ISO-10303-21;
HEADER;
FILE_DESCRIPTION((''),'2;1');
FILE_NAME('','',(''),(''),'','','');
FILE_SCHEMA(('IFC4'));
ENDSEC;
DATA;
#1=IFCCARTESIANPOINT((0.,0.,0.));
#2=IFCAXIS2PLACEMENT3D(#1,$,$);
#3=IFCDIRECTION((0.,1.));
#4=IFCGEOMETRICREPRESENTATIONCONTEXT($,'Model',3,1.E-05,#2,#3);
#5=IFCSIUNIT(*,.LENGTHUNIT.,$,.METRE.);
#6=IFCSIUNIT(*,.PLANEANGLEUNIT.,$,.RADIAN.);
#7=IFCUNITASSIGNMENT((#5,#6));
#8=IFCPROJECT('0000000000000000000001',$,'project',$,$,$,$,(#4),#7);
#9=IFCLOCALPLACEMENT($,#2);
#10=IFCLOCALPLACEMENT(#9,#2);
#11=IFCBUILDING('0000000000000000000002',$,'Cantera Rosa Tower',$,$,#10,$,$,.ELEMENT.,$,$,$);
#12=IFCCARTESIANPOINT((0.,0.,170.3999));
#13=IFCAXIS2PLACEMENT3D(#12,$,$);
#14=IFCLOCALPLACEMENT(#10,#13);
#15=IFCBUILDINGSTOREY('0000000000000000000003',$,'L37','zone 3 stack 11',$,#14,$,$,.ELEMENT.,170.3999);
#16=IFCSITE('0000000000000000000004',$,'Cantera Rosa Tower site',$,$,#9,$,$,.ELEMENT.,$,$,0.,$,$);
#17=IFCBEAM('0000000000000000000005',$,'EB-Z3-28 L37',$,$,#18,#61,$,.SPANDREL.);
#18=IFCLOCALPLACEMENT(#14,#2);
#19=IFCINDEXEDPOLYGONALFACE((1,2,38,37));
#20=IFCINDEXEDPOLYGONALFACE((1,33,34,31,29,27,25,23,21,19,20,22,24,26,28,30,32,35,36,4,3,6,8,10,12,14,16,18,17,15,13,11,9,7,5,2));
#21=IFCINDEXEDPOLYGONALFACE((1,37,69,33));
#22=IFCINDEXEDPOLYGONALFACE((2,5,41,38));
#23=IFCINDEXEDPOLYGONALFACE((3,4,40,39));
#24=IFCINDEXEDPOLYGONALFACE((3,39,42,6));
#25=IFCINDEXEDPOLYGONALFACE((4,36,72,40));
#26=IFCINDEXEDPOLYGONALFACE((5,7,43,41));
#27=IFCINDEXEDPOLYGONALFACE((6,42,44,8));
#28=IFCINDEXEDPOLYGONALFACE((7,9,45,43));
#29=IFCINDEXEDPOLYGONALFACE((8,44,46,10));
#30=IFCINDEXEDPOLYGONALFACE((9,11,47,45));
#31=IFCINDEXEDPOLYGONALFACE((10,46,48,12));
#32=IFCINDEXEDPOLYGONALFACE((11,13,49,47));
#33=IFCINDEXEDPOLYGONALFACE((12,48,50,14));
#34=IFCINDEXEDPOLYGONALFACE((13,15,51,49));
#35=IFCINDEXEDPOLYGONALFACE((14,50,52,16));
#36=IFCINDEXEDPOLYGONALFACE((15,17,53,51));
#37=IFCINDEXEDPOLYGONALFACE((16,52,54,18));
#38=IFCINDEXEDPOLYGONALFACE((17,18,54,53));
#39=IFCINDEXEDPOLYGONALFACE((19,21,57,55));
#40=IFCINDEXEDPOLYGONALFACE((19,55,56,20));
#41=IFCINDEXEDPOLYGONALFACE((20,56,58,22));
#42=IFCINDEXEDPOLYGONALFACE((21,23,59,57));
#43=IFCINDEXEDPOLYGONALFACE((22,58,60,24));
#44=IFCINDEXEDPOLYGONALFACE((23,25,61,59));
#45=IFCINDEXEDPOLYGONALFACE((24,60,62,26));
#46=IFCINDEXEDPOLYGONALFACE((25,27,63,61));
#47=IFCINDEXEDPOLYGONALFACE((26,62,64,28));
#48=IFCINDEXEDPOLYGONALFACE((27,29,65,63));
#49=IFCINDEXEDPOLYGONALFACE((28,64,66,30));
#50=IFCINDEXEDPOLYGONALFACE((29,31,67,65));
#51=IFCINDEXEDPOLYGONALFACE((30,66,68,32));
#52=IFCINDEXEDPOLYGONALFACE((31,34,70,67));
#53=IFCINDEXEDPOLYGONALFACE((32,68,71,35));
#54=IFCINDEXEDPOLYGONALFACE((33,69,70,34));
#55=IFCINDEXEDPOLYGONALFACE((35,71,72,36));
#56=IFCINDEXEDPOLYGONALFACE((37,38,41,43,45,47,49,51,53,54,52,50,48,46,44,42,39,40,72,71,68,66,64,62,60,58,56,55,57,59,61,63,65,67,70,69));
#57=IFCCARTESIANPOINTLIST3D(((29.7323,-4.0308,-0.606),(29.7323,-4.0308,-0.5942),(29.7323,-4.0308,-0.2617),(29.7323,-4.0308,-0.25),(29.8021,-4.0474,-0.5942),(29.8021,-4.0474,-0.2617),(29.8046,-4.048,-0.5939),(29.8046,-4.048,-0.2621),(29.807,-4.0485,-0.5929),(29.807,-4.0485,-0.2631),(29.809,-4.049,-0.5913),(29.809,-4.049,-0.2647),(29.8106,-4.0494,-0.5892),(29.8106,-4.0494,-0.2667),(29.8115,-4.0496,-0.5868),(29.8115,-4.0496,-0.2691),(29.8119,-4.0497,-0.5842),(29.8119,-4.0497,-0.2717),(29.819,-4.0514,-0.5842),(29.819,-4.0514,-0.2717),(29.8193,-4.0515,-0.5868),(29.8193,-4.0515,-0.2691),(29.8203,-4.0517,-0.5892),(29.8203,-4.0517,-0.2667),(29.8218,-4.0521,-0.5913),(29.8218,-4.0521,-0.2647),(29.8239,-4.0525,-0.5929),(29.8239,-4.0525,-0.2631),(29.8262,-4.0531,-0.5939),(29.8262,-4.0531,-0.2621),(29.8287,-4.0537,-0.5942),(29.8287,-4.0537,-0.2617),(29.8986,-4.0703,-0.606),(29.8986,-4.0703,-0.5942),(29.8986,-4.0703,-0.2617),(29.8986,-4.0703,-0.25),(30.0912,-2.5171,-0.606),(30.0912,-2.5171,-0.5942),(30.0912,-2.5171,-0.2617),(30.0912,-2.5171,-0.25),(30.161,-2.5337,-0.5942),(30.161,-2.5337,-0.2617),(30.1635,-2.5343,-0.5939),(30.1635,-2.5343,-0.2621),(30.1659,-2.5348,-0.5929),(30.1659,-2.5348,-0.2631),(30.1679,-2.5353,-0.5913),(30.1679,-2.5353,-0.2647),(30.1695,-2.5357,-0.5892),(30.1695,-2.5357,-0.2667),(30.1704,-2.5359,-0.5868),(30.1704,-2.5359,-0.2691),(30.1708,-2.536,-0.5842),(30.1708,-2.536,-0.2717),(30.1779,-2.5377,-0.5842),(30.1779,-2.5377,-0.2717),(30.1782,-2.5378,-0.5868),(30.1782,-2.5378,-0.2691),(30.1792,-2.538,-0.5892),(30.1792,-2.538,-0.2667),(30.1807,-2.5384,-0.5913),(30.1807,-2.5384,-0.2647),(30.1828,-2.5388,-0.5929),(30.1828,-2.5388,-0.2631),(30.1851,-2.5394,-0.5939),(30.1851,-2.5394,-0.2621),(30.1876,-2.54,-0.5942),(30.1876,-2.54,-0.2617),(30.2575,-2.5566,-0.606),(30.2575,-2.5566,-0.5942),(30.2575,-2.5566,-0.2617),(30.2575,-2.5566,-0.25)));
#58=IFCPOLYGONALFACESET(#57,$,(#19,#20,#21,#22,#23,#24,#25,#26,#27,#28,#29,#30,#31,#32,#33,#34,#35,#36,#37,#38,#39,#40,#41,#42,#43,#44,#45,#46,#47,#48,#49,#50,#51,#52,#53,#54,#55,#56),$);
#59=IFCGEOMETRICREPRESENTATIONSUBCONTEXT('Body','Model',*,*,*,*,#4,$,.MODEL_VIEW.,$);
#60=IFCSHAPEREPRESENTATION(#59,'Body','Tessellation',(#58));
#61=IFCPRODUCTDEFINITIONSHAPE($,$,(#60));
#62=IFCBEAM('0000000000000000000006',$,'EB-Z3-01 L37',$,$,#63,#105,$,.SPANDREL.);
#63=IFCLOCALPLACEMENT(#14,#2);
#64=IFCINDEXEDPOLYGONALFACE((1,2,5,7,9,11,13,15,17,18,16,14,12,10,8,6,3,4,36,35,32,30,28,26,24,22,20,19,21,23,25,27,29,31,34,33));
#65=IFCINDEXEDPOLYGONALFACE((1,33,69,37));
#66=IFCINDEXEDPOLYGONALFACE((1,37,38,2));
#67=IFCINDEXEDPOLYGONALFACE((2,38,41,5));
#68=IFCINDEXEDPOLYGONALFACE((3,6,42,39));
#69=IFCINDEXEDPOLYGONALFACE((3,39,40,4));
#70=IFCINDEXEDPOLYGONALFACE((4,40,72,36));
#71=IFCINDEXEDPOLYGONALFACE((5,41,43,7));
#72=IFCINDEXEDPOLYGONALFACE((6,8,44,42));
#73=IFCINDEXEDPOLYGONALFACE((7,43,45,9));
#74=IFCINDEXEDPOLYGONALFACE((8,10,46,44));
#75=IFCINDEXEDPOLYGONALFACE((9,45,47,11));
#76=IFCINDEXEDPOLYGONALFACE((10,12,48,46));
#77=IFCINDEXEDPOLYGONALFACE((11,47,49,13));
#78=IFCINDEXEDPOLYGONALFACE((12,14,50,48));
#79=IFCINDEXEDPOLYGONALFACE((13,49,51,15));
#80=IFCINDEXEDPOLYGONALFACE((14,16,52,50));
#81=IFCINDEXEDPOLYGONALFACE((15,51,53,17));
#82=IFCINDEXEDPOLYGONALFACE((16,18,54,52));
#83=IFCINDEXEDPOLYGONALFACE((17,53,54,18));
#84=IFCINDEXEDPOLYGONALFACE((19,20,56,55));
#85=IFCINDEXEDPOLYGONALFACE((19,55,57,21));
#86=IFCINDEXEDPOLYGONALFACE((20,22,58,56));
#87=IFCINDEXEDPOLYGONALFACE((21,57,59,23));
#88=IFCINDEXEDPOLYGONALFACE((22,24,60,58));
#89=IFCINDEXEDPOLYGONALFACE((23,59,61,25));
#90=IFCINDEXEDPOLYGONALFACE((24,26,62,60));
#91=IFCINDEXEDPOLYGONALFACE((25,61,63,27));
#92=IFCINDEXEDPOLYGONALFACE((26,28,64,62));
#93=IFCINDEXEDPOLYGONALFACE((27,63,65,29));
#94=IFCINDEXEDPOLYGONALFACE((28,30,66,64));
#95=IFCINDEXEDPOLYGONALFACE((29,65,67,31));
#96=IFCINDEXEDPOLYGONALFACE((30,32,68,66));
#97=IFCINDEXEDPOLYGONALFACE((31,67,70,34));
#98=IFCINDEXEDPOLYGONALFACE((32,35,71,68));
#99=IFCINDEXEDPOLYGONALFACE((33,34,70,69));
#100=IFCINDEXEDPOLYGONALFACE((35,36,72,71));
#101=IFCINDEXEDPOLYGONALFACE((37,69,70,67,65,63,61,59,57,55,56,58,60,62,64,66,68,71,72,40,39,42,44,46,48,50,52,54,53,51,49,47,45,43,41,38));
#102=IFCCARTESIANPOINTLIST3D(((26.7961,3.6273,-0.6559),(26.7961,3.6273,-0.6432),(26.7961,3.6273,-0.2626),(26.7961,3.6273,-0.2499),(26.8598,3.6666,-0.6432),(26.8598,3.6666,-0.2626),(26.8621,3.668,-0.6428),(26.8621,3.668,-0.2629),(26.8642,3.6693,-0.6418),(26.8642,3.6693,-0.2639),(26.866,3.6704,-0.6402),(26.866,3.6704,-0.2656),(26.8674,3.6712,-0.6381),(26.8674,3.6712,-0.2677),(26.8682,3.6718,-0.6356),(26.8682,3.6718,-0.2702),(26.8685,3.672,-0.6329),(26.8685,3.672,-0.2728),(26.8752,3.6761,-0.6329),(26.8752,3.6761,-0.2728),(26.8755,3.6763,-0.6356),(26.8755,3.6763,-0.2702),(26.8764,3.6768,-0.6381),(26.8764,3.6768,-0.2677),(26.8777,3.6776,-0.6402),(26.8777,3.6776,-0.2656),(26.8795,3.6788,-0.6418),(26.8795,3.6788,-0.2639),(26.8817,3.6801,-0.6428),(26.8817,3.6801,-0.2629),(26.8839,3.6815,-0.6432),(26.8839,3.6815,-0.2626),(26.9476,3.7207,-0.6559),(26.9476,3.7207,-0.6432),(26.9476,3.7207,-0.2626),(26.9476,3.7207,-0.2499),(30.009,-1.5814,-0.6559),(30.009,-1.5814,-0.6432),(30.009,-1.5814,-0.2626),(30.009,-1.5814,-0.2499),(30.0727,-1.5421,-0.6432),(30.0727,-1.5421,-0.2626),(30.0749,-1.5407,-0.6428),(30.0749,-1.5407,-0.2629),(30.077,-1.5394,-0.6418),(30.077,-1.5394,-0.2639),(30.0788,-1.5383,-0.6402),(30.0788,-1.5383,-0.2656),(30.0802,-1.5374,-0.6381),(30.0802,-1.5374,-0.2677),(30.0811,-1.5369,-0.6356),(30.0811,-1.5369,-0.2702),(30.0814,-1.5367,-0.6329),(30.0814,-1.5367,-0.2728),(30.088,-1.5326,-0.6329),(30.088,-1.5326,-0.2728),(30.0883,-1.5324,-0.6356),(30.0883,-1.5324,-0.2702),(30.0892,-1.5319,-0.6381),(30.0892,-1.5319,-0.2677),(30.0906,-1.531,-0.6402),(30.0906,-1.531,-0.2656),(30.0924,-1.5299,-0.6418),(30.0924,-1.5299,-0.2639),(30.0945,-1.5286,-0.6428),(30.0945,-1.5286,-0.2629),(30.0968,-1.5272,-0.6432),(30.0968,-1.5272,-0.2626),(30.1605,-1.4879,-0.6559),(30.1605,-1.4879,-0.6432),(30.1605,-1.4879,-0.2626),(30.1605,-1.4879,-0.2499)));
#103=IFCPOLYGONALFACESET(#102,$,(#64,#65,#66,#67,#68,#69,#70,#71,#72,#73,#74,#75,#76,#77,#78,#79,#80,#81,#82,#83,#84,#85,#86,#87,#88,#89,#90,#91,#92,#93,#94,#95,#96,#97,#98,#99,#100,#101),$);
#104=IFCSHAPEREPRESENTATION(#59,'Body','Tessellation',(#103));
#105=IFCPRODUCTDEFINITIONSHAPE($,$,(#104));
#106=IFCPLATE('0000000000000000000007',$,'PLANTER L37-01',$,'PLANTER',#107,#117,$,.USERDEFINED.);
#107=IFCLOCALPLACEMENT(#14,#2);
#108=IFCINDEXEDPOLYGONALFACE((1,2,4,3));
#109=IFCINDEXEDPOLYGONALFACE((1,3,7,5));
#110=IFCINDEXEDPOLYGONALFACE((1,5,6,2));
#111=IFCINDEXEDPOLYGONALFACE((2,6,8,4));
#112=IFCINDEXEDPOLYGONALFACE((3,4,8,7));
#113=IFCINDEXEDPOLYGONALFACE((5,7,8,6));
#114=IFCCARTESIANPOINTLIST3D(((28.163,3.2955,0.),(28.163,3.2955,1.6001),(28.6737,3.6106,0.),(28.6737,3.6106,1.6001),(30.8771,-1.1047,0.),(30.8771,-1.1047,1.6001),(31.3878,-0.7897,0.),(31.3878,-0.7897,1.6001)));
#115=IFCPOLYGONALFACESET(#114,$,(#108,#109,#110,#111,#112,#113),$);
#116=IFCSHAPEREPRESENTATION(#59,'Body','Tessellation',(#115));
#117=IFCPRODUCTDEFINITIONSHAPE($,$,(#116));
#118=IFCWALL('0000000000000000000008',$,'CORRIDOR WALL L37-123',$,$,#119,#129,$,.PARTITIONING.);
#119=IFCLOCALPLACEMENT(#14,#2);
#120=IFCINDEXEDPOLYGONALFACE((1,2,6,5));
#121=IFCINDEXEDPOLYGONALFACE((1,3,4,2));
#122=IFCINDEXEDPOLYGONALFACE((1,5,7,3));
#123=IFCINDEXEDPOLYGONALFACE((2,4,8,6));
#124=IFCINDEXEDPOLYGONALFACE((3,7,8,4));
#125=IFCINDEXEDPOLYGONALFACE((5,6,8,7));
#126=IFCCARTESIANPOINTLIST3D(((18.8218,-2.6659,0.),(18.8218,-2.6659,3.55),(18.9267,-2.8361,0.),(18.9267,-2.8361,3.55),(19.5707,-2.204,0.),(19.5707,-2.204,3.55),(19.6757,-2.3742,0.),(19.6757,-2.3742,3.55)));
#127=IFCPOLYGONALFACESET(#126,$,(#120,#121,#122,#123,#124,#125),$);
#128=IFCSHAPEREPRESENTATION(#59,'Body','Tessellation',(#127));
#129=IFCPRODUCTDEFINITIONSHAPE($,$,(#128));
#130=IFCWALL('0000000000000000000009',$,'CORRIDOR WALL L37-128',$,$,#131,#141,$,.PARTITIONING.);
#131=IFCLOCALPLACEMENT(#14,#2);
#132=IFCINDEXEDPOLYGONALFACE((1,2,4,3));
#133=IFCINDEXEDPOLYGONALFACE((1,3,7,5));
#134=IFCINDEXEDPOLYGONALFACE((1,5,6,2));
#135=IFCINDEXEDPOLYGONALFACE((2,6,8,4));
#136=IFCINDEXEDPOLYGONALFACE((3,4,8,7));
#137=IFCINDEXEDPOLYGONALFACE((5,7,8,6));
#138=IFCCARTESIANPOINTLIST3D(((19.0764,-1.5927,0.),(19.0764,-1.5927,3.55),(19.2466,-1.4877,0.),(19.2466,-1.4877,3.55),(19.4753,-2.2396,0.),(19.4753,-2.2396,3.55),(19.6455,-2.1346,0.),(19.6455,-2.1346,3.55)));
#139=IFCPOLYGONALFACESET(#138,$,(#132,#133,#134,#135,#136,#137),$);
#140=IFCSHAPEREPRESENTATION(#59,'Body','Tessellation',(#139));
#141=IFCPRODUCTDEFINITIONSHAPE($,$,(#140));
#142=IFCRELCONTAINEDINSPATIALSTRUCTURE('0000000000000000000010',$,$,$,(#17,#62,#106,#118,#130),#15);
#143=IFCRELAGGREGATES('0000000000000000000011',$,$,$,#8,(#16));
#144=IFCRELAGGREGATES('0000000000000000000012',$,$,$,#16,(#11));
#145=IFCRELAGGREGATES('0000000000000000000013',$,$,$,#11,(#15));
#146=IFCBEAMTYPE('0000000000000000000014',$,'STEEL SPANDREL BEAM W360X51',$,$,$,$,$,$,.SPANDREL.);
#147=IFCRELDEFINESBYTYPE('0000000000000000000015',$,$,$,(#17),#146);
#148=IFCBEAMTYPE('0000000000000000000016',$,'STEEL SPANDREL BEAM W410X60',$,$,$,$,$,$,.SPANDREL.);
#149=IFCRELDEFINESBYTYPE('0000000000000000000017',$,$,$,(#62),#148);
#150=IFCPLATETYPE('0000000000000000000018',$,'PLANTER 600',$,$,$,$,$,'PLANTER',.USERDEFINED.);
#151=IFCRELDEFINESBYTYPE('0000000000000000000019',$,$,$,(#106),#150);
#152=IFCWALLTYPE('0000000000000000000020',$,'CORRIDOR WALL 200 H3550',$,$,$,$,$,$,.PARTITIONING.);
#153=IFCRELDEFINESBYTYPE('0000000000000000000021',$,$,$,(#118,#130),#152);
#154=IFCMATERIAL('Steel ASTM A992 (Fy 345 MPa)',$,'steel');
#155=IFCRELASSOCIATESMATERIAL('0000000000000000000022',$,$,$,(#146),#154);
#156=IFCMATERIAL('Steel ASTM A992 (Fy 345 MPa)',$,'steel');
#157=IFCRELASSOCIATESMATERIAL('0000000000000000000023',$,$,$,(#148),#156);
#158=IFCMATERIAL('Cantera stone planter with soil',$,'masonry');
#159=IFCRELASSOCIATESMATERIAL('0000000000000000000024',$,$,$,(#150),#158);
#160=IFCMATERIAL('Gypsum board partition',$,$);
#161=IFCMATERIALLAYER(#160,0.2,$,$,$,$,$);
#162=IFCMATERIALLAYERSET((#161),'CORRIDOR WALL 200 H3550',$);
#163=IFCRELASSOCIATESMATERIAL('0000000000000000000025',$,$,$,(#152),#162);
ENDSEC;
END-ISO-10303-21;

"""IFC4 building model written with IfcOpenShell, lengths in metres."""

from ifc_helpers import new_model, si_unit, direction, frame, frame_2d, origin, origin_2d, place, context, subcontext, project, spatial, rectangle, i_section, extrude, material, layer, layer_set, material_profile, profile_set, type_object, element, save


model = new_model("IFC4")

# Units and contexts
model_context = context("Model", 3, precision=1e-05, world=origin(), true_north=direction((0.0, 1.0)))
body_context = subcontext(model_context, "Body", "Model", "MODEL_VIEW")
ifc_project = project(units=[si_unit("LENGTHUNIT", "METRE"), si_unit("PLANEANGLEUNIT", "RADIAN")], contexts=[model_context])

# Site, building, storey
site_placement = place(None, origin())
site = spatial("IfcSite", under=ifc_project, at=site_placement, Name="Cantera Rosa Tower site", CompositionType="ELEMENT", RefElevation=0.0)
building_placement = place(site_placement, origin())
building = spatial("IfcBuilding", under=site, at=building_placement, Name="Cantera Rosa Tower", CompositionType="ELEMENT")
storey_placement = place(building_placement, frame((0.0, 0.0, 170.3999)))
storey = spatial("IfcBuildingStorey", under=building, at=storey_placement, Name="L37", Description="zone 3 stack 11", CompositionType="ELEMENT", Elevation=170.3999)

# Beams
ifc_material_1 = material(Name="Steel ASTM A992 (Fy 345 MPa)", Category="steel")
ifc_material_profile_1 = material_profile(ifc_material_1, i_section(OverallWidth=0.1709, OverallDepth=0.356, WebThickness=0.0073, FlangeThickness=0.0117, FilletRadius=0.01, at=origin_2d()), Name="W360X51")
ifc_profile_set_1 = profile_set([ifc_material_profile_1], Name="Steel ASTM A992 (Fy 345 MPa)")
beam_type_1 = type_object("IfcBeamType", Name="STEEL SPANDREL BEAM W360X51", PredefinedType="SPANDREL", material=ifc_profile_set_1)
beam_1_placement = place(storey_placement, frame((29.8154, -4.0505, -0.428), z_axis=(0.230701, 0.973025, 0.0), x_axis=(-0.973025, 0.230701, 0.0)))
element("IfcBeam", 1, at=beam_1_placement, inside=storey, type_object=beam_type_1, Name="EB-Z3-28 L37", PredefinedType="SPANDREL", context=body_context, shape_type="SweptSolid", body=[
    extrude(i_section(OverallWidth=0.1709, OverallDepth=0.356, WebThickness=0.0073, FlangeThickness=0.0117, FilletRadius=0.01, at=origin_2d()), origin(), (0.0, 0.0, 1.0), 1.5557),
])
ifc_material_2 = material(Name="Steel ASTM A992 (Fy 345 MPa)", Category="steel")
ifc_material_profile_2 = material_profile(ifc_material_2, i_section(OverallWidth=0.178, OverallDepth=0.406, WebThickness=0.0078, FlangeThickness=0.0127, FilletRadius=0.0103, at=origin_2d()), Name="W410X60")
ifc_profile_set_2 = profile_set([ifc_material_profile_2], Name="Steel ASTM A992 (Fy 345 MPa)")
beam_type_2 = type_object("IfcBeamType", Name="STEEL SPANDREL BEAM W410X60", PredefinedType="SPANDREL", material=ifc_profile_set_2)
beam_2_placement = place(storey_placement, frame((30.0847, -1.5347, -0.4529), z_axis=(-0.524987, 0.85111, 0.0), x_axis=(-0.85111, -0.524987, 0.0)))
element("IfcBeam", 2, at=beam_2_placement, inside=storey, type_object=beam_type_2, Name="EB-Z3-01 L37", PredefinedType="SPANDREL", context=body_context, shape_type="SweptSolid", body=[
    extrude(i_section(OverallWidth=0.178, OverallDepth=0.406, WebThickness=0.0078, FlangeThickness=0.0127, FilletRadius=0.0103, at=origin_2d()), origin(), (0.0, 0.0, 1.0), 6.1199),
])

# Plate
ifc_material_3 = material(Name="Cantera stone planter with soil", Category="masonry")
plate_type = type_object("IfcPlateType", Name="PLANTER 600", ElementType="PLANTER", PredefinedType="USERDEFINED", material=ifc_material_3)
plate_placement = place(storey_placement, frame((29.7754, 1.2529, 0.0), z_axis=(0.0, 0.0, 1.0), x_axis=(-0.524977, 0.851117, 0.0)))
element("IfcPlate", 3, at=plate_placement, inside=storey, type_object=plate_type, Name="PLANTER L37-01", ObjectType="PLANTER", PredefinedType="USERDEFINED", context=body_context, shape_type="SweptSolid", body=[
    extrude(rectangle(XDim=5.1699, YDim=0.6001, at=origin_2d()), origin(), (0.0, 0.0, 1.0), 1.6001),
])

# Walls
ifc_material_4 = material(Name="Gypsum board partition")
ifc_layer_1 = layer(ifc_material_4, 0.2)
ifc_layer_set_1 = layer_set([ifc_layer_1], Name="CORRIDOR WALL 200 H3550")
wall_type_1 = type_object("IfcWallType", Name="CORRIDOR WALL 200 H3550", PredefinedType="PARTITIONING", material=ifc_layer_set_1)
wall_1_placement = place(storey_placement, frame((18.8743, -2.751, 0.0), z_axis=(0.0, 0.0, 1.0), x_axis=(0.851163, 0.524902, 0.0)))
element("IfcWall", 4, at=wall_1_placement, inside=storey, type_object=wall_type_1, Name="CORRIDOR WALL L37-123", PredefinedType="PARTITIONING", context=body_context, shape_type="SweptSolid", body=[
    extrude(rectangle(XDim=0.8799, YDim=0.2, at=frame_2d((0.4399, 0.0))), origin(), (0.0, 0.0, 1.0), 3.55),
])
wall_2_placement = place(storey_placement, frame((19.5603, -2.187, 0.0), z_axis=(0.0, 0.0, 1.0), x_axis=(-0.52485, 0.851195, 0.0)))
element("IfcWall", 5, at=wall_2_placement, inside=storey, type_object=wall_type_1, Name="CORRIDOR WALL L37-128", PredefinedType="PARTITIONING", context=body_context, shape_type="SweptSolid", body=[
    extrude(rectangle(XDim=0.76, YDim=0.2, at=frame_2d((0.3799, 0.0))), origin(), (0.0, 0.0, 1.0), 3.55),
])

save(model, "model.ifc")
